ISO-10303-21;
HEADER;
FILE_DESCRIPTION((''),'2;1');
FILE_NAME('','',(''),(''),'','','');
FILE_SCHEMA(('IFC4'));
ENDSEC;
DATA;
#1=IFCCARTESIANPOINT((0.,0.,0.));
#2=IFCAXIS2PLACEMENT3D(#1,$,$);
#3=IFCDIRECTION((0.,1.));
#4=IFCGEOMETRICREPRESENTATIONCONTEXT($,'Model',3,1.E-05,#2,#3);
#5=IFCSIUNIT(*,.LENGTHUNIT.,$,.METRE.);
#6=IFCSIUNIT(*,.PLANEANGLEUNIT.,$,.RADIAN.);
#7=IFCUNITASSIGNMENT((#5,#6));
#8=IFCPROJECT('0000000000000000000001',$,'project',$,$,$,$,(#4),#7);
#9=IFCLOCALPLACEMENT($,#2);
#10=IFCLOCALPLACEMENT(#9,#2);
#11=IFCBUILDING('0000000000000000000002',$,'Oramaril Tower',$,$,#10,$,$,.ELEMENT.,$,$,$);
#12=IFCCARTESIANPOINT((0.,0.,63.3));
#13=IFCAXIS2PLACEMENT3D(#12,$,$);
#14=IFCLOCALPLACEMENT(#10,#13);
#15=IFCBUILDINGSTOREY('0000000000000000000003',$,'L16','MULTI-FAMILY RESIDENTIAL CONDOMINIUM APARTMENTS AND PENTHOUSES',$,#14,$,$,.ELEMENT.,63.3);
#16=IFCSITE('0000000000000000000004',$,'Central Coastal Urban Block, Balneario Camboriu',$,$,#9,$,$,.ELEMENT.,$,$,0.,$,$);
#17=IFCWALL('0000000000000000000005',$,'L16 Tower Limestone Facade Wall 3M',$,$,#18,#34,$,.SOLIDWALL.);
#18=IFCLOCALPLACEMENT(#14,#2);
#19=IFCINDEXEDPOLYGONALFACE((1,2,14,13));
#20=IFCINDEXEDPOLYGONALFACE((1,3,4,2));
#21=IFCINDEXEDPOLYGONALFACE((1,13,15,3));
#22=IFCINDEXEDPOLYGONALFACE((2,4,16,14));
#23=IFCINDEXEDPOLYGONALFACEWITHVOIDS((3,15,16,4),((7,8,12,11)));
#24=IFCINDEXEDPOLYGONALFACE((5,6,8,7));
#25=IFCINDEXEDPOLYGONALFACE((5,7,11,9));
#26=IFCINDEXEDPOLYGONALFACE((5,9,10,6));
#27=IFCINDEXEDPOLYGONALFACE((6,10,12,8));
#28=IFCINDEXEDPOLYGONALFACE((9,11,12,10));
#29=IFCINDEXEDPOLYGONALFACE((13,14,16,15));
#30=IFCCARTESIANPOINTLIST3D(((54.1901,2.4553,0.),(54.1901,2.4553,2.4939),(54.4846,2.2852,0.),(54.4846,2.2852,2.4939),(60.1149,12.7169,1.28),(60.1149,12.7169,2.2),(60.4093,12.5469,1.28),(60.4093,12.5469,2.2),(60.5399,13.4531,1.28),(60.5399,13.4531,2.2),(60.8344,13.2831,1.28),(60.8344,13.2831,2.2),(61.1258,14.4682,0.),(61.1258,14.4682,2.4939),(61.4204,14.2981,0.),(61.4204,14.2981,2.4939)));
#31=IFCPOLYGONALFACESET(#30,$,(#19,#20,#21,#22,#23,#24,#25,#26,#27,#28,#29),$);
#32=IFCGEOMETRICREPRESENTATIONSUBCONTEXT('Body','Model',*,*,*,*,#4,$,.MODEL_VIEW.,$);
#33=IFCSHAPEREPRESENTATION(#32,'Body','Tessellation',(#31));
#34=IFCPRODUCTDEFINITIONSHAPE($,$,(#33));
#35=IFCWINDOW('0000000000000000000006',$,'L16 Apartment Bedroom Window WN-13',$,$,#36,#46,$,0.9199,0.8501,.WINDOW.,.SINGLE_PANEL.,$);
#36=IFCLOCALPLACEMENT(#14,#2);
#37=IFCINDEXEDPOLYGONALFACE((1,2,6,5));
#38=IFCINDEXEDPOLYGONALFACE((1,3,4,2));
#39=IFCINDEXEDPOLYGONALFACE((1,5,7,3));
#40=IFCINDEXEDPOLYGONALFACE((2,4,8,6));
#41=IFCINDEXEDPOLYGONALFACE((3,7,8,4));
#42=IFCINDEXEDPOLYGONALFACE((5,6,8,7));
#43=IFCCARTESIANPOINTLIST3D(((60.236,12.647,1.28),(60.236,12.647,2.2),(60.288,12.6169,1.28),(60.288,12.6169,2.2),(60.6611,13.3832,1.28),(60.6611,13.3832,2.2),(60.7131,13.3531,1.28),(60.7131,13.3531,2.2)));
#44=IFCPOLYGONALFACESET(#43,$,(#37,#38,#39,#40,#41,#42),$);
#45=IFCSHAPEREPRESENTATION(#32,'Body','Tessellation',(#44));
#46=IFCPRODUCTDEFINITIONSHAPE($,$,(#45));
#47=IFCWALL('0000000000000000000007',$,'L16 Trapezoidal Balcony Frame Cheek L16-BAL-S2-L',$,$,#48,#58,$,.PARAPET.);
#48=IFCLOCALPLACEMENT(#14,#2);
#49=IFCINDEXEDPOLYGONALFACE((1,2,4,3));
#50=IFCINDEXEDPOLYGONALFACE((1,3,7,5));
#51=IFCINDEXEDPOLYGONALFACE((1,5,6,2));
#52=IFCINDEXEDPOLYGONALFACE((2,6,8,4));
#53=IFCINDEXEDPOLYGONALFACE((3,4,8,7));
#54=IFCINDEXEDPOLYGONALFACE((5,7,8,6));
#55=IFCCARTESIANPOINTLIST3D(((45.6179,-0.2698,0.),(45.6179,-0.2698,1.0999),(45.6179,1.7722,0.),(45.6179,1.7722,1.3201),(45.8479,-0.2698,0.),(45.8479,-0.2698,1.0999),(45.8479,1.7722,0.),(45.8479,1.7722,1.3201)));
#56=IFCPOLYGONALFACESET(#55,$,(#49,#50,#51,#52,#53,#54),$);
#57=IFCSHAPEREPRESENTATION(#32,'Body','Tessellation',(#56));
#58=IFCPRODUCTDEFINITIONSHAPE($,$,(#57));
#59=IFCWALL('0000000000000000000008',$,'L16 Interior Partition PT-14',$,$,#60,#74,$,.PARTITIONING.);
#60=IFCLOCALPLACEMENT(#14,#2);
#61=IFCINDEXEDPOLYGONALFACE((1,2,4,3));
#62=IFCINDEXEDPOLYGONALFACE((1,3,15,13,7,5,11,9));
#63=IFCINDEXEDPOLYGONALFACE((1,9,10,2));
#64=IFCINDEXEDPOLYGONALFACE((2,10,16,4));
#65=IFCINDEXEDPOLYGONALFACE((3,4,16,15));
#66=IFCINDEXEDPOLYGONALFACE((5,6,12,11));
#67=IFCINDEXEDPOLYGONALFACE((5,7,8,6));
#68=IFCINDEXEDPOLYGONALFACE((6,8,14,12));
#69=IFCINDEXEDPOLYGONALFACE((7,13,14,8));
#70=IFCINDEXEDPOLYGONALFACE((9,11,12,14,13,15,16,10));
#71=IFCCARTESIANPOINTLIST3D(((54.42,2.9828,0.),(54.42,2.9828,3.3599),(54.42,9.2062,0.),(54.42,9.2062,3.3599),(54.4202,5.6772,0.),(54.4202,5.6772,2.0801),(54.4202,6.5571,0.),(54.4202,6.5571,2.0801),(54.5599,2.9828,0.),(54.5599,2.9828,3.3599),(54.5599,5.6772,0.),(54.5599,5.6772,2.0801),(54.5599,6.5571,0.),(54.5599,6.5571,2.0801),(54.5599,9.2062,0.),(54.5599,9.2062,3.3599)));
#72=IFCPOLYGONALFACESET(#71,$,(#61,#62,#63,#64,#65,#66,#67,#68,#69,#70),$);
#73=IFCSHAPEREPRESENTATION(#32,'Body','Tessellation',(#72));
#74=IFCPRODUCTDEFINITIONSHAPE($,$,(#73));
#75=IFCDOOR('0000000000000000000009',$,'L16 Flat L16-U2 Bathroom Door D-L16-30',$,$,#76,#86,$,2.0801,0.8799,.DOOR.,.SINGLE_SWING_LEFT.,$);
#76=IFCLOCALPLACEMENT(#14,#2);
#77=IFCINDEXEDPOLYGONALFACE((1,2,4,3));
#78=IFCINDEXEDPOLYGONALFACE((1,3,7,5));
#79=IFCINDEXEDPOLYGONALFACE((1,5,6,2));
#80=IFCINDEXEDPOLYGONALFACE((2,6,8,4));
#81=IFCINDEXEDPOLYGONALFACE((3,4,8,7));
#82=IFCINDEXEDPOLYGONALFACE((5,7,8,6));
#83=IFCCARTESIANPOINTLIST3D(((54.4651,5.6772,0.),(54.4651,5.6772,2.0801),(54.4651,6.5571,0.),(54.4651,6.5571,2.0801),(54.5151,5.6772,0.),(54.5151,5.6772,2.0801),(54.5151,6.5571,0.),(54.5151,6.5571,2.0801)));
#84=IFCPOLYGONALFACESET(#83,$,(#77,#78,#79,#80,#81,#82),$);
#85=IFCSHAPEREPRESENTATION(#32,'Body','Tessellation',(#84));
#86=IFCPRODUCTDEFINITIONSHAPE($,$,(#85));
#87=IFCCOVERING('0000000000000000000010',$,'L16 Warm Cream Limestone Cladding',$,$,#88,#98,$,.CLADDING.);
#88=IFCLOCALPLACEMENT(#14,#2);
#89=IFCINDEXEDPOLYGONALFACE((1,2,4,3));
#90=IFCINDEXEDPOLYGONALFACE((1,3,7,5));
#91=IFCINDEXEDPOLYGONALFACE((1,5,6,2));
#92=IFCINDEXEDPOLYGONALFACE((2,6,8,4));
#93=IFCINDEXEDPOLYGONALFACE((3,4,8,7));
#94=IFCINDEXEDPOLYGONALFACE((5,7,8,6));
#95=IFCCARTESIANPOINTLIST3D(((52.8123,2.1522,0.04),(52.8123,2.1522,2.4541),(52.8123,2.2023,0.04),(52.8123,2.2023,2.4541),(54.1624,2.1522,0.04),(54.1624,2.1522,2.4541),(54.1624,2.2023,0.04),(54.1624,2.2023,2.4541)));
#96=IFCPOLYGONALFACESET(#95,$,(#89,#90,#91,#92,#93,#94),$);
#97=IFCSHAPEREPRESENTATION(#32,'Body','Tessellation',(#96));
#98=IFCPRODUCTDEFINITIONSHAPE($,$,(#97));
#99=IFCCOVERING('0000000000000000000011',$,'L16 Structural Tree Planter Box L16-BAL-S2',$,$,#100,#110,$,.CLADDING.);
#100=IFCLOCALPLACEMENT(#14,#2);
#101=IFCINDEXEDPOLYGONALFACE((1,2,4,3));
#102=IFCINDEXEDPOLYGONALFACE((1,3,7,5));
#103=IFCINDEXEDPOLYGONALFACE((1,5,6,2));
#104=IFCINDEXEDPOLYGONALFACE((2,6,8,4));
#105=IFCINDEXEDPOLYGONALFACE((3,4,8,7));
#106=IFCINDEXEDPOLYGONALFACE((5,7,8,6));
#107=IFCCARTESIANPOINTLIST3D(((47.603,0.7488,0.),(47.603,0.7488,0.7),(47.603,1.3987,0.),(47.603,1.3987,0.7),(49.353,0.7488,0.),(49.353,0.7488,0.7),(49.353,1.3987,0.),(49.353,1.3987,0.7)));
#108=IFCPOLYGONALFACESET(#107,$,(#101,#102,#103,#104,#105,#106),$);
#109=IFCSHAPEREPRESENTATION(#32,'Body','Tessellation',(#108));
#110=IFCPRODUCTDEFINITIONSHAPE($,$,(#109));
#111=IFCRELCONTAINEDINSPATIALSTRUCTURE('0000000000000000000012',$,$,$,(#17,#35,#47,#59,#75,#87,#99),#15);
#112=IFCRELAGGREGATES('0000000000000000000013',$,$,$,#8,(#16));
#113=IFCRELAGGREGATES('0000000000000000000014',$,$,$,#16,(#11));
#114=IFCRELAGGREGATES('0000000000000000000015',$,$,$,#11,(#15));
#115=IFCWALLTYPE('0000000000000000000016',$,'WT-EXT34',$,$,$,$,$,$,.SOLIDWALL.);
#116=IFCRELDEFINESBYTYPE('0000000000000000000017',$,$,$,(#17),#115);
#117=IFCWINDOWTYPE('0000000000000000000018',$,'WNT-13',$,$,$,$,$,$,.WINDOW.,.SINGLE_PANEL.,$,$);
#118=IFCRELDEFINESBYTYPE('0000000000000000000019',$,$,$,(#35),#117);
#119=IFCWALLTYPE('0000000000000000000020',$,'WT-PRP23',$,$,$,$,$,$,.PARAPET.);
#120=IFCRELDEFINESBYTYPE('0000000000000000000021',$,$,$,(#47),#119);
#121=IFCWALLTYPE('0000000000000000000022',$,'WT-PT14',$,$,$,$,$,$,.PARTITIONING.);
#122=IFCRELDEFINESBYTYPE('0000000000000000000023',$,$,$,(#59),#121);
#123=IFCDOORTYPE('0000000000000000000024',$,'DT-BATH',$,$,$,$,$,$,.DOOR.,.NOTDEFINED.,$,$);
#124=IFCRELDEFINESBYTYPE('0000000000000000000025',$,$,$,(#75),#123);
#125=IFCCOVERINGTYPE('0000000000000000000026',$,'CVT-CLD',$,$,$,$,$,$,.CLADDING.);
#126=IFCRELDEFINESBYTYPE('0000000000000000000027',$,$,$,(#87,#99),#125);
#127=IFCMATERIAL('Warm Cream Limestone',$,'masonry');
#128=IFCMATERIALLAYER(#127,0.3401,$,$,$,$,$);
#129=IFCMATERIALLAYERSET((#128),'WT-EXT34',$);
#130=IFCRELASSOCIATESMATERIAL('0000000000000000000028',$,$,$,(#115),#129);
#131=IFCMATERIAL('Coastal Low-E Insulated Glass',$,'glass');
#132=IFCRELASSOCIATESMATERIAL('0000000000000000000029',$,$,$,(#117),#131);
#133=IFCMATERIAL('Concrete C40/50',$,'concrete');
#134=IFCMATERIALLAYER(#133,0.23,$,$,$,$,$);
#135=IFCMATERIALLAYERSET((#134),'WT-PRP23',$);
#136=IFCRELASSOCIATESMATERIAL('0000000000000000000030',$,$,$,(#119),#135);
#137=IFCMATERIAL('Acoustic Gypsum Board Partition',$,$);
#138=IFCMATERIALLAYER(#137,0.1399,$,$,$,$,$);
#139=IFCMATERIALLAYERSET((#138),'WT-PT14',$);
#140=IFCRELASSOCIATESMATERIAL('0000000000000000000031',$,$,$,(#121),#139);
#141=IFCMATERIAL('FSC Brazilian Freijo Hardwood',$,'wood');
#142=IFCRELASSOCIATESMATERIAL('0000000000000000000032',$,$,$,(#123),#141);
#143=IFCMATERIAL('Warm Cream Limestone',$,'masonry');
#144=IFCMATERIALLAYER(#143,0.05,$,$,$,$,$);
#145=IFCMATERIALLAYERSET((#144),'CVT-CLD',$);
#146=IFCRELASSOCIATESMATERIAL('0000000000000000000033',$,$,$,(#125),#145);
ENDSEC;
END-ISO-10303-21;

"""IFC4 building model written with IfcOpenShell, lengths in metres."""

from ifc_helpers import new_model, si_unit, direction, frame, frame_2d, origin, origin_2d, place, context, subcontext, project, spatial, polyline, rectangle, outline, extrude, material, layer, layer_set, type_object, element, fill, save


model = new_model("IFC4")

# Units and contexts
model_context = context("Model", 3, precision=1e-05, world=origin(), true_north=direction((0.0, 1.0)))
body_context = subcontext(model_context, "Body", "Model", "MODEL_VIEW")
ifc_project = project(units=[si_unit("LENGTHUNIT", "METRE"), si_unit("PLANEANGLEUNIT", "RADIAN")], contexts=[model_context])

# Site, building, storey
site_placement = place(None, origin())
site = spatial("IfcSite", under=ifc_project, at=site_placement, Name="Central Coastal Urban Block, Balneario Camboriu", CompositionType="ELEMENT", RefElevation=0.0)
building_placement = place(site_placement, origin())
building = spatial("IfcBuilding", under=site, at=building_placement, Name="Oramaril Tower", CompositionType="ELEMENT")
storey_placement = place(building_placement, frame((0.0, 0.0, 63.3)))
storey = spatial("IfcBuildingStorey", under=building, at=storey_placement, Name="L16", Description="MULTI-FAMILY RESIDENTIAL CONDOMINIUM APARTMENTS AND PENTHOUSES", CompositionType="ELEMENT", Elevation=63.3)

# Wall, opening, window
ifc_material_1 = material(Name="Warm Cream Limestone", Category="masonry")
ifc_layer_1 = layer(ifc_material_1, 0.3401)
ifc_layer_set_1 = layer_set([ifc_layer_1], Name="WT-EXT34")
wall_type_1 = type_object("IfcWallType", Name="WT-EXT34", PredefinedType="SOLIDWALL", material=ifc_layer_set_1)
wall_1_placement = place(storey_placement, frame((54.3374, 2.3704, 0.0), z_axis=(0.0, 0.0, 1.0), x_axis=(0.500006, 0.866022, 0.0)))
wall_1 = element("IfcWall", 1, at=wall_1_placement, inside=storey, type_object=wall_type_1, Name="L16 Tower Limestone Facade Wall 3M", PredefinedType="SOLIDWALL", context=body_context, shape_type="SweptSolid", body=[
    extrude(rectangle(XDim=13.8713, YDim=0.3401, at=frame_2d((6.9355, 0.0))), origin(), (0.0, 0.0, 1.0), 2.4939),
])
opening_1_placement = place(wall_1_placement, frame((11.8491, 0.0, 1.28)))
opening_1 = element("IfcOpeningElement", 2, at=opening_1_placement, cuts=wall_1, PredefinedType="OPENING", context=body_context, shape_type="SweptSolid", body=[
    extrude(rectangle(XDim=0.8501, YDim=0.9199, at=frame_2d((0.425, 0.46))), frame((0.0, 0.1699, 0.0), z_axis=(0.0, -1.0, 0.0), x_axis=(1.0, 0.0, 0.0)), (0.0, 0.0, 1.0), 0.3401),
])
ifc_material_2 = material(Name="Coastal Low-E Insulated Glass", Category="glass")
window_type = type_object("IfcWindowType", Name="WNT-13", PartitioningType="SINGLE_PANEL", PredefinedType="WINDOW", material=ifc_material_2)
window_placement = place(opening_1_placement, origin())
window = element("IfcWindow", 3, at=window_placement, inside=storey, type_object=window_type, Name="L16 Apartment Bedroom Window WN-13", OverallHeight=0.9199, OverallWidth=0.8501, PartitioningType="SINGLE_PANEL", PredefinedType="WINDOW", context=body_context, shape_type="SweptSolid", body=[
    extrude(rectangle(XDim=0.8501, YDim=0.9199, at=frame_2d((0.425, 0.46))), frame((0.0, 0.03, 0.0), z_axis=(0.0, -1.0, 0.0), x_axis=(1.0, 0.0, 0.0)), (0.0, 0.0, 1.0), 0.0601),
])
fill(opening_1, window)

# Wall
ifc_material_3 = material(Name="Concrete C40/50", Category="concrete")
ifc_layer_2 = layer(ifc_material_3, 0.23)
ifc_layer_set_2 = layer_set([ifc_layer_2], Name="WT-PRP23")
wall_type_2 = type_object("IfcWallType", Name="WT-PRP23", PredefinedType="PARAPET", material=ifc_layer_set_2)
wall_2_placement = place(storey_placement, frame((45.7329, 1.7722, 0.0), z_axis=(0.0, 0.0, 1.0), x_axis=(0.0, -1.0, 0.0)))
element("IfcWall", 4, at=wall_2_placement, inside=storey, type_object=wall_type_2, Name="L16 Trapezoidal Balcony Frame Cheek L16-BAL-S2-L", PredefinedType="PARAPET", context=body_context, shape_type="SweptSolid", body=[
    extrude(outline(polyline([(0.0, 0.0), (2.042, 0.0), (2.042, 1.0999), (0.0, 1.3201), (0.0, 0.0)])), frame((0.0, 0.115, 0.0), z_axis=(0.0, -1.0, 0.0), x_axis=(1.0, 0.0, 0.0)), (0.0, 0.0, 1.0), 0.23),
])

# Wall, opening, door
ifc_material_4 = material(Name="Acoustic Gypsum Board Partition")
ifc_layer_3 = layer(ifc_material_4, 0.1399)
ifc_layer_set_3 = layer_set([ifc_layer_3], Name="WT-PT14")
wall_type_3 = type_object("IfcWallType", Name="WT-PT14", PredefinedType="PARTITIONING", material=ifc_layer_set_3)
wall_3_placement = place(storey_placement, frame((54.49, 2.9827, 0.0), z_axis=(0.0, 0.0, 1.0), x_axis=(0.0, 1.0, 0.0)))
wall_3 = element("IfcWall", 5, at=wall_3_placement, inside=storey, type_object=wall_type_3, Name="L16 Interior Partition PT-14", PredefinedType="PARTITIONING", context=body_context, shape_type="SweptSolid", body=[
    extrude(rectangle(XDim=6.2234, YDim=0.1399, at=frame_2d((3.1118, 0.0))), origin(), (0.0, 0.0, 1.0), 3.3599),
])
opening_2_placement = place(wall_3_placement, frame((2.6946, 0.0, 0.0)))
opening_2 = element("IfcOpeningElement", 6, at=opening_2_placement, cuts=wall_3, PredefinedType="OPENING", context=body_context, shape_type="SweptSolid", body=[
    extrude(rectangle(XDim=0.8799, YDim=2.0801, at=frame_2d((0.4399, 1.04))), frame((0.0, 0.0698, 0.0), z_axis=(0.0, -1.0, 0.0), x_axis=(1.0, 0.0, 0.0)), (0.0, 0.0, 1.0), 0.1399),
])
ifc_material_5 = material(Name="FSC Brazilian Freijo Hardwood", Category="wood")
door_type = type_object("IfcDoorType", Name="DT-BATH", OperationType="NOTDEFINED", PredefinedType="DOOR", material=ifc_material_5)
door_placement = place(opening_2_placement, origin())
door = element("IfcDoor", 7, at=door_placement, inside=storey, type_object=door_type, Name="L16 Flat L16-U2 Bathroom Door D-L16-30", OperationType="SINGLE_SWING_LEFT", OverallHeight=2.0801, OverallWidth=0.8799, PredefinedType="DOOR", context=body_context, shape_type="SweptSolid", body=[
    extrude(rectangle(XDim=0.8799, YDim=2.0801, at=frame_2d((0.4399, 1.04))), frame((0.0, 0.0249, 0.0), z_axis=(0.0, -1.0, 0.0), x_axis=(1.0, 0.0, 0.0)), (0.0, 0.0, 1.0), 0.05),
])
fill(opening_2, door)

# Coverings
ifc_material_6 = material(Name="Warm Cream Limestone", Category="masonry")
ifc_layer_4 = layer(ifc_material_6, 0.05)
ifc_layer_set_4 = layer_set([ifc_layer_4], Name="CVT-CLD")
covering_type = type_object("IfcCoveringType", Name="CVT-CLD", PredefinedType="CLADDING", material=ifc_layer_set_4)
covering_1_placement = place(storey_placement, frame((53.4873, 2.1772, 0.04), z_axis=(0.0, 0.0, 1.0), x_axis=(1.0, 0.0, 0.0)))
element("IfcCovering", 8, at=covering_1_placement, inside=storey, type_object=covering_type, Name="L16 Warm Cream Limestone Cladding", PredefinedType="CLADDING", context=body_context, shape_type="SweptSolid", body=[
    extrude(rectangle(XDim=1.3501, YDim=0.05, at=origin_2d()), origin(), (0.0, 0.0, 1.0), 2.4141),
])
covering_2_placement = place(storey_placement, frame((48.478, 1.0737, 0.0), z_axis=(0.0, 0.0, 1.0), x_axis=(1.0, 0.0, 0.0)))
element("IfcCovering", 9, at=covering_2_placement, inside=storey, type_object=covering_type, Name="L16 Structural Tree Planter Box L16-BAL-S2", PredefinedType="CLADDING", context=body_context, shape_type="SweptSolid", body=[
    extrude(rectangle(XDim=1.75, YDim=0.6499, at=origin_2d()), origin(), (0.0, 0.0, 1.0), 0.7),
])

save(model, "model.ifc")
